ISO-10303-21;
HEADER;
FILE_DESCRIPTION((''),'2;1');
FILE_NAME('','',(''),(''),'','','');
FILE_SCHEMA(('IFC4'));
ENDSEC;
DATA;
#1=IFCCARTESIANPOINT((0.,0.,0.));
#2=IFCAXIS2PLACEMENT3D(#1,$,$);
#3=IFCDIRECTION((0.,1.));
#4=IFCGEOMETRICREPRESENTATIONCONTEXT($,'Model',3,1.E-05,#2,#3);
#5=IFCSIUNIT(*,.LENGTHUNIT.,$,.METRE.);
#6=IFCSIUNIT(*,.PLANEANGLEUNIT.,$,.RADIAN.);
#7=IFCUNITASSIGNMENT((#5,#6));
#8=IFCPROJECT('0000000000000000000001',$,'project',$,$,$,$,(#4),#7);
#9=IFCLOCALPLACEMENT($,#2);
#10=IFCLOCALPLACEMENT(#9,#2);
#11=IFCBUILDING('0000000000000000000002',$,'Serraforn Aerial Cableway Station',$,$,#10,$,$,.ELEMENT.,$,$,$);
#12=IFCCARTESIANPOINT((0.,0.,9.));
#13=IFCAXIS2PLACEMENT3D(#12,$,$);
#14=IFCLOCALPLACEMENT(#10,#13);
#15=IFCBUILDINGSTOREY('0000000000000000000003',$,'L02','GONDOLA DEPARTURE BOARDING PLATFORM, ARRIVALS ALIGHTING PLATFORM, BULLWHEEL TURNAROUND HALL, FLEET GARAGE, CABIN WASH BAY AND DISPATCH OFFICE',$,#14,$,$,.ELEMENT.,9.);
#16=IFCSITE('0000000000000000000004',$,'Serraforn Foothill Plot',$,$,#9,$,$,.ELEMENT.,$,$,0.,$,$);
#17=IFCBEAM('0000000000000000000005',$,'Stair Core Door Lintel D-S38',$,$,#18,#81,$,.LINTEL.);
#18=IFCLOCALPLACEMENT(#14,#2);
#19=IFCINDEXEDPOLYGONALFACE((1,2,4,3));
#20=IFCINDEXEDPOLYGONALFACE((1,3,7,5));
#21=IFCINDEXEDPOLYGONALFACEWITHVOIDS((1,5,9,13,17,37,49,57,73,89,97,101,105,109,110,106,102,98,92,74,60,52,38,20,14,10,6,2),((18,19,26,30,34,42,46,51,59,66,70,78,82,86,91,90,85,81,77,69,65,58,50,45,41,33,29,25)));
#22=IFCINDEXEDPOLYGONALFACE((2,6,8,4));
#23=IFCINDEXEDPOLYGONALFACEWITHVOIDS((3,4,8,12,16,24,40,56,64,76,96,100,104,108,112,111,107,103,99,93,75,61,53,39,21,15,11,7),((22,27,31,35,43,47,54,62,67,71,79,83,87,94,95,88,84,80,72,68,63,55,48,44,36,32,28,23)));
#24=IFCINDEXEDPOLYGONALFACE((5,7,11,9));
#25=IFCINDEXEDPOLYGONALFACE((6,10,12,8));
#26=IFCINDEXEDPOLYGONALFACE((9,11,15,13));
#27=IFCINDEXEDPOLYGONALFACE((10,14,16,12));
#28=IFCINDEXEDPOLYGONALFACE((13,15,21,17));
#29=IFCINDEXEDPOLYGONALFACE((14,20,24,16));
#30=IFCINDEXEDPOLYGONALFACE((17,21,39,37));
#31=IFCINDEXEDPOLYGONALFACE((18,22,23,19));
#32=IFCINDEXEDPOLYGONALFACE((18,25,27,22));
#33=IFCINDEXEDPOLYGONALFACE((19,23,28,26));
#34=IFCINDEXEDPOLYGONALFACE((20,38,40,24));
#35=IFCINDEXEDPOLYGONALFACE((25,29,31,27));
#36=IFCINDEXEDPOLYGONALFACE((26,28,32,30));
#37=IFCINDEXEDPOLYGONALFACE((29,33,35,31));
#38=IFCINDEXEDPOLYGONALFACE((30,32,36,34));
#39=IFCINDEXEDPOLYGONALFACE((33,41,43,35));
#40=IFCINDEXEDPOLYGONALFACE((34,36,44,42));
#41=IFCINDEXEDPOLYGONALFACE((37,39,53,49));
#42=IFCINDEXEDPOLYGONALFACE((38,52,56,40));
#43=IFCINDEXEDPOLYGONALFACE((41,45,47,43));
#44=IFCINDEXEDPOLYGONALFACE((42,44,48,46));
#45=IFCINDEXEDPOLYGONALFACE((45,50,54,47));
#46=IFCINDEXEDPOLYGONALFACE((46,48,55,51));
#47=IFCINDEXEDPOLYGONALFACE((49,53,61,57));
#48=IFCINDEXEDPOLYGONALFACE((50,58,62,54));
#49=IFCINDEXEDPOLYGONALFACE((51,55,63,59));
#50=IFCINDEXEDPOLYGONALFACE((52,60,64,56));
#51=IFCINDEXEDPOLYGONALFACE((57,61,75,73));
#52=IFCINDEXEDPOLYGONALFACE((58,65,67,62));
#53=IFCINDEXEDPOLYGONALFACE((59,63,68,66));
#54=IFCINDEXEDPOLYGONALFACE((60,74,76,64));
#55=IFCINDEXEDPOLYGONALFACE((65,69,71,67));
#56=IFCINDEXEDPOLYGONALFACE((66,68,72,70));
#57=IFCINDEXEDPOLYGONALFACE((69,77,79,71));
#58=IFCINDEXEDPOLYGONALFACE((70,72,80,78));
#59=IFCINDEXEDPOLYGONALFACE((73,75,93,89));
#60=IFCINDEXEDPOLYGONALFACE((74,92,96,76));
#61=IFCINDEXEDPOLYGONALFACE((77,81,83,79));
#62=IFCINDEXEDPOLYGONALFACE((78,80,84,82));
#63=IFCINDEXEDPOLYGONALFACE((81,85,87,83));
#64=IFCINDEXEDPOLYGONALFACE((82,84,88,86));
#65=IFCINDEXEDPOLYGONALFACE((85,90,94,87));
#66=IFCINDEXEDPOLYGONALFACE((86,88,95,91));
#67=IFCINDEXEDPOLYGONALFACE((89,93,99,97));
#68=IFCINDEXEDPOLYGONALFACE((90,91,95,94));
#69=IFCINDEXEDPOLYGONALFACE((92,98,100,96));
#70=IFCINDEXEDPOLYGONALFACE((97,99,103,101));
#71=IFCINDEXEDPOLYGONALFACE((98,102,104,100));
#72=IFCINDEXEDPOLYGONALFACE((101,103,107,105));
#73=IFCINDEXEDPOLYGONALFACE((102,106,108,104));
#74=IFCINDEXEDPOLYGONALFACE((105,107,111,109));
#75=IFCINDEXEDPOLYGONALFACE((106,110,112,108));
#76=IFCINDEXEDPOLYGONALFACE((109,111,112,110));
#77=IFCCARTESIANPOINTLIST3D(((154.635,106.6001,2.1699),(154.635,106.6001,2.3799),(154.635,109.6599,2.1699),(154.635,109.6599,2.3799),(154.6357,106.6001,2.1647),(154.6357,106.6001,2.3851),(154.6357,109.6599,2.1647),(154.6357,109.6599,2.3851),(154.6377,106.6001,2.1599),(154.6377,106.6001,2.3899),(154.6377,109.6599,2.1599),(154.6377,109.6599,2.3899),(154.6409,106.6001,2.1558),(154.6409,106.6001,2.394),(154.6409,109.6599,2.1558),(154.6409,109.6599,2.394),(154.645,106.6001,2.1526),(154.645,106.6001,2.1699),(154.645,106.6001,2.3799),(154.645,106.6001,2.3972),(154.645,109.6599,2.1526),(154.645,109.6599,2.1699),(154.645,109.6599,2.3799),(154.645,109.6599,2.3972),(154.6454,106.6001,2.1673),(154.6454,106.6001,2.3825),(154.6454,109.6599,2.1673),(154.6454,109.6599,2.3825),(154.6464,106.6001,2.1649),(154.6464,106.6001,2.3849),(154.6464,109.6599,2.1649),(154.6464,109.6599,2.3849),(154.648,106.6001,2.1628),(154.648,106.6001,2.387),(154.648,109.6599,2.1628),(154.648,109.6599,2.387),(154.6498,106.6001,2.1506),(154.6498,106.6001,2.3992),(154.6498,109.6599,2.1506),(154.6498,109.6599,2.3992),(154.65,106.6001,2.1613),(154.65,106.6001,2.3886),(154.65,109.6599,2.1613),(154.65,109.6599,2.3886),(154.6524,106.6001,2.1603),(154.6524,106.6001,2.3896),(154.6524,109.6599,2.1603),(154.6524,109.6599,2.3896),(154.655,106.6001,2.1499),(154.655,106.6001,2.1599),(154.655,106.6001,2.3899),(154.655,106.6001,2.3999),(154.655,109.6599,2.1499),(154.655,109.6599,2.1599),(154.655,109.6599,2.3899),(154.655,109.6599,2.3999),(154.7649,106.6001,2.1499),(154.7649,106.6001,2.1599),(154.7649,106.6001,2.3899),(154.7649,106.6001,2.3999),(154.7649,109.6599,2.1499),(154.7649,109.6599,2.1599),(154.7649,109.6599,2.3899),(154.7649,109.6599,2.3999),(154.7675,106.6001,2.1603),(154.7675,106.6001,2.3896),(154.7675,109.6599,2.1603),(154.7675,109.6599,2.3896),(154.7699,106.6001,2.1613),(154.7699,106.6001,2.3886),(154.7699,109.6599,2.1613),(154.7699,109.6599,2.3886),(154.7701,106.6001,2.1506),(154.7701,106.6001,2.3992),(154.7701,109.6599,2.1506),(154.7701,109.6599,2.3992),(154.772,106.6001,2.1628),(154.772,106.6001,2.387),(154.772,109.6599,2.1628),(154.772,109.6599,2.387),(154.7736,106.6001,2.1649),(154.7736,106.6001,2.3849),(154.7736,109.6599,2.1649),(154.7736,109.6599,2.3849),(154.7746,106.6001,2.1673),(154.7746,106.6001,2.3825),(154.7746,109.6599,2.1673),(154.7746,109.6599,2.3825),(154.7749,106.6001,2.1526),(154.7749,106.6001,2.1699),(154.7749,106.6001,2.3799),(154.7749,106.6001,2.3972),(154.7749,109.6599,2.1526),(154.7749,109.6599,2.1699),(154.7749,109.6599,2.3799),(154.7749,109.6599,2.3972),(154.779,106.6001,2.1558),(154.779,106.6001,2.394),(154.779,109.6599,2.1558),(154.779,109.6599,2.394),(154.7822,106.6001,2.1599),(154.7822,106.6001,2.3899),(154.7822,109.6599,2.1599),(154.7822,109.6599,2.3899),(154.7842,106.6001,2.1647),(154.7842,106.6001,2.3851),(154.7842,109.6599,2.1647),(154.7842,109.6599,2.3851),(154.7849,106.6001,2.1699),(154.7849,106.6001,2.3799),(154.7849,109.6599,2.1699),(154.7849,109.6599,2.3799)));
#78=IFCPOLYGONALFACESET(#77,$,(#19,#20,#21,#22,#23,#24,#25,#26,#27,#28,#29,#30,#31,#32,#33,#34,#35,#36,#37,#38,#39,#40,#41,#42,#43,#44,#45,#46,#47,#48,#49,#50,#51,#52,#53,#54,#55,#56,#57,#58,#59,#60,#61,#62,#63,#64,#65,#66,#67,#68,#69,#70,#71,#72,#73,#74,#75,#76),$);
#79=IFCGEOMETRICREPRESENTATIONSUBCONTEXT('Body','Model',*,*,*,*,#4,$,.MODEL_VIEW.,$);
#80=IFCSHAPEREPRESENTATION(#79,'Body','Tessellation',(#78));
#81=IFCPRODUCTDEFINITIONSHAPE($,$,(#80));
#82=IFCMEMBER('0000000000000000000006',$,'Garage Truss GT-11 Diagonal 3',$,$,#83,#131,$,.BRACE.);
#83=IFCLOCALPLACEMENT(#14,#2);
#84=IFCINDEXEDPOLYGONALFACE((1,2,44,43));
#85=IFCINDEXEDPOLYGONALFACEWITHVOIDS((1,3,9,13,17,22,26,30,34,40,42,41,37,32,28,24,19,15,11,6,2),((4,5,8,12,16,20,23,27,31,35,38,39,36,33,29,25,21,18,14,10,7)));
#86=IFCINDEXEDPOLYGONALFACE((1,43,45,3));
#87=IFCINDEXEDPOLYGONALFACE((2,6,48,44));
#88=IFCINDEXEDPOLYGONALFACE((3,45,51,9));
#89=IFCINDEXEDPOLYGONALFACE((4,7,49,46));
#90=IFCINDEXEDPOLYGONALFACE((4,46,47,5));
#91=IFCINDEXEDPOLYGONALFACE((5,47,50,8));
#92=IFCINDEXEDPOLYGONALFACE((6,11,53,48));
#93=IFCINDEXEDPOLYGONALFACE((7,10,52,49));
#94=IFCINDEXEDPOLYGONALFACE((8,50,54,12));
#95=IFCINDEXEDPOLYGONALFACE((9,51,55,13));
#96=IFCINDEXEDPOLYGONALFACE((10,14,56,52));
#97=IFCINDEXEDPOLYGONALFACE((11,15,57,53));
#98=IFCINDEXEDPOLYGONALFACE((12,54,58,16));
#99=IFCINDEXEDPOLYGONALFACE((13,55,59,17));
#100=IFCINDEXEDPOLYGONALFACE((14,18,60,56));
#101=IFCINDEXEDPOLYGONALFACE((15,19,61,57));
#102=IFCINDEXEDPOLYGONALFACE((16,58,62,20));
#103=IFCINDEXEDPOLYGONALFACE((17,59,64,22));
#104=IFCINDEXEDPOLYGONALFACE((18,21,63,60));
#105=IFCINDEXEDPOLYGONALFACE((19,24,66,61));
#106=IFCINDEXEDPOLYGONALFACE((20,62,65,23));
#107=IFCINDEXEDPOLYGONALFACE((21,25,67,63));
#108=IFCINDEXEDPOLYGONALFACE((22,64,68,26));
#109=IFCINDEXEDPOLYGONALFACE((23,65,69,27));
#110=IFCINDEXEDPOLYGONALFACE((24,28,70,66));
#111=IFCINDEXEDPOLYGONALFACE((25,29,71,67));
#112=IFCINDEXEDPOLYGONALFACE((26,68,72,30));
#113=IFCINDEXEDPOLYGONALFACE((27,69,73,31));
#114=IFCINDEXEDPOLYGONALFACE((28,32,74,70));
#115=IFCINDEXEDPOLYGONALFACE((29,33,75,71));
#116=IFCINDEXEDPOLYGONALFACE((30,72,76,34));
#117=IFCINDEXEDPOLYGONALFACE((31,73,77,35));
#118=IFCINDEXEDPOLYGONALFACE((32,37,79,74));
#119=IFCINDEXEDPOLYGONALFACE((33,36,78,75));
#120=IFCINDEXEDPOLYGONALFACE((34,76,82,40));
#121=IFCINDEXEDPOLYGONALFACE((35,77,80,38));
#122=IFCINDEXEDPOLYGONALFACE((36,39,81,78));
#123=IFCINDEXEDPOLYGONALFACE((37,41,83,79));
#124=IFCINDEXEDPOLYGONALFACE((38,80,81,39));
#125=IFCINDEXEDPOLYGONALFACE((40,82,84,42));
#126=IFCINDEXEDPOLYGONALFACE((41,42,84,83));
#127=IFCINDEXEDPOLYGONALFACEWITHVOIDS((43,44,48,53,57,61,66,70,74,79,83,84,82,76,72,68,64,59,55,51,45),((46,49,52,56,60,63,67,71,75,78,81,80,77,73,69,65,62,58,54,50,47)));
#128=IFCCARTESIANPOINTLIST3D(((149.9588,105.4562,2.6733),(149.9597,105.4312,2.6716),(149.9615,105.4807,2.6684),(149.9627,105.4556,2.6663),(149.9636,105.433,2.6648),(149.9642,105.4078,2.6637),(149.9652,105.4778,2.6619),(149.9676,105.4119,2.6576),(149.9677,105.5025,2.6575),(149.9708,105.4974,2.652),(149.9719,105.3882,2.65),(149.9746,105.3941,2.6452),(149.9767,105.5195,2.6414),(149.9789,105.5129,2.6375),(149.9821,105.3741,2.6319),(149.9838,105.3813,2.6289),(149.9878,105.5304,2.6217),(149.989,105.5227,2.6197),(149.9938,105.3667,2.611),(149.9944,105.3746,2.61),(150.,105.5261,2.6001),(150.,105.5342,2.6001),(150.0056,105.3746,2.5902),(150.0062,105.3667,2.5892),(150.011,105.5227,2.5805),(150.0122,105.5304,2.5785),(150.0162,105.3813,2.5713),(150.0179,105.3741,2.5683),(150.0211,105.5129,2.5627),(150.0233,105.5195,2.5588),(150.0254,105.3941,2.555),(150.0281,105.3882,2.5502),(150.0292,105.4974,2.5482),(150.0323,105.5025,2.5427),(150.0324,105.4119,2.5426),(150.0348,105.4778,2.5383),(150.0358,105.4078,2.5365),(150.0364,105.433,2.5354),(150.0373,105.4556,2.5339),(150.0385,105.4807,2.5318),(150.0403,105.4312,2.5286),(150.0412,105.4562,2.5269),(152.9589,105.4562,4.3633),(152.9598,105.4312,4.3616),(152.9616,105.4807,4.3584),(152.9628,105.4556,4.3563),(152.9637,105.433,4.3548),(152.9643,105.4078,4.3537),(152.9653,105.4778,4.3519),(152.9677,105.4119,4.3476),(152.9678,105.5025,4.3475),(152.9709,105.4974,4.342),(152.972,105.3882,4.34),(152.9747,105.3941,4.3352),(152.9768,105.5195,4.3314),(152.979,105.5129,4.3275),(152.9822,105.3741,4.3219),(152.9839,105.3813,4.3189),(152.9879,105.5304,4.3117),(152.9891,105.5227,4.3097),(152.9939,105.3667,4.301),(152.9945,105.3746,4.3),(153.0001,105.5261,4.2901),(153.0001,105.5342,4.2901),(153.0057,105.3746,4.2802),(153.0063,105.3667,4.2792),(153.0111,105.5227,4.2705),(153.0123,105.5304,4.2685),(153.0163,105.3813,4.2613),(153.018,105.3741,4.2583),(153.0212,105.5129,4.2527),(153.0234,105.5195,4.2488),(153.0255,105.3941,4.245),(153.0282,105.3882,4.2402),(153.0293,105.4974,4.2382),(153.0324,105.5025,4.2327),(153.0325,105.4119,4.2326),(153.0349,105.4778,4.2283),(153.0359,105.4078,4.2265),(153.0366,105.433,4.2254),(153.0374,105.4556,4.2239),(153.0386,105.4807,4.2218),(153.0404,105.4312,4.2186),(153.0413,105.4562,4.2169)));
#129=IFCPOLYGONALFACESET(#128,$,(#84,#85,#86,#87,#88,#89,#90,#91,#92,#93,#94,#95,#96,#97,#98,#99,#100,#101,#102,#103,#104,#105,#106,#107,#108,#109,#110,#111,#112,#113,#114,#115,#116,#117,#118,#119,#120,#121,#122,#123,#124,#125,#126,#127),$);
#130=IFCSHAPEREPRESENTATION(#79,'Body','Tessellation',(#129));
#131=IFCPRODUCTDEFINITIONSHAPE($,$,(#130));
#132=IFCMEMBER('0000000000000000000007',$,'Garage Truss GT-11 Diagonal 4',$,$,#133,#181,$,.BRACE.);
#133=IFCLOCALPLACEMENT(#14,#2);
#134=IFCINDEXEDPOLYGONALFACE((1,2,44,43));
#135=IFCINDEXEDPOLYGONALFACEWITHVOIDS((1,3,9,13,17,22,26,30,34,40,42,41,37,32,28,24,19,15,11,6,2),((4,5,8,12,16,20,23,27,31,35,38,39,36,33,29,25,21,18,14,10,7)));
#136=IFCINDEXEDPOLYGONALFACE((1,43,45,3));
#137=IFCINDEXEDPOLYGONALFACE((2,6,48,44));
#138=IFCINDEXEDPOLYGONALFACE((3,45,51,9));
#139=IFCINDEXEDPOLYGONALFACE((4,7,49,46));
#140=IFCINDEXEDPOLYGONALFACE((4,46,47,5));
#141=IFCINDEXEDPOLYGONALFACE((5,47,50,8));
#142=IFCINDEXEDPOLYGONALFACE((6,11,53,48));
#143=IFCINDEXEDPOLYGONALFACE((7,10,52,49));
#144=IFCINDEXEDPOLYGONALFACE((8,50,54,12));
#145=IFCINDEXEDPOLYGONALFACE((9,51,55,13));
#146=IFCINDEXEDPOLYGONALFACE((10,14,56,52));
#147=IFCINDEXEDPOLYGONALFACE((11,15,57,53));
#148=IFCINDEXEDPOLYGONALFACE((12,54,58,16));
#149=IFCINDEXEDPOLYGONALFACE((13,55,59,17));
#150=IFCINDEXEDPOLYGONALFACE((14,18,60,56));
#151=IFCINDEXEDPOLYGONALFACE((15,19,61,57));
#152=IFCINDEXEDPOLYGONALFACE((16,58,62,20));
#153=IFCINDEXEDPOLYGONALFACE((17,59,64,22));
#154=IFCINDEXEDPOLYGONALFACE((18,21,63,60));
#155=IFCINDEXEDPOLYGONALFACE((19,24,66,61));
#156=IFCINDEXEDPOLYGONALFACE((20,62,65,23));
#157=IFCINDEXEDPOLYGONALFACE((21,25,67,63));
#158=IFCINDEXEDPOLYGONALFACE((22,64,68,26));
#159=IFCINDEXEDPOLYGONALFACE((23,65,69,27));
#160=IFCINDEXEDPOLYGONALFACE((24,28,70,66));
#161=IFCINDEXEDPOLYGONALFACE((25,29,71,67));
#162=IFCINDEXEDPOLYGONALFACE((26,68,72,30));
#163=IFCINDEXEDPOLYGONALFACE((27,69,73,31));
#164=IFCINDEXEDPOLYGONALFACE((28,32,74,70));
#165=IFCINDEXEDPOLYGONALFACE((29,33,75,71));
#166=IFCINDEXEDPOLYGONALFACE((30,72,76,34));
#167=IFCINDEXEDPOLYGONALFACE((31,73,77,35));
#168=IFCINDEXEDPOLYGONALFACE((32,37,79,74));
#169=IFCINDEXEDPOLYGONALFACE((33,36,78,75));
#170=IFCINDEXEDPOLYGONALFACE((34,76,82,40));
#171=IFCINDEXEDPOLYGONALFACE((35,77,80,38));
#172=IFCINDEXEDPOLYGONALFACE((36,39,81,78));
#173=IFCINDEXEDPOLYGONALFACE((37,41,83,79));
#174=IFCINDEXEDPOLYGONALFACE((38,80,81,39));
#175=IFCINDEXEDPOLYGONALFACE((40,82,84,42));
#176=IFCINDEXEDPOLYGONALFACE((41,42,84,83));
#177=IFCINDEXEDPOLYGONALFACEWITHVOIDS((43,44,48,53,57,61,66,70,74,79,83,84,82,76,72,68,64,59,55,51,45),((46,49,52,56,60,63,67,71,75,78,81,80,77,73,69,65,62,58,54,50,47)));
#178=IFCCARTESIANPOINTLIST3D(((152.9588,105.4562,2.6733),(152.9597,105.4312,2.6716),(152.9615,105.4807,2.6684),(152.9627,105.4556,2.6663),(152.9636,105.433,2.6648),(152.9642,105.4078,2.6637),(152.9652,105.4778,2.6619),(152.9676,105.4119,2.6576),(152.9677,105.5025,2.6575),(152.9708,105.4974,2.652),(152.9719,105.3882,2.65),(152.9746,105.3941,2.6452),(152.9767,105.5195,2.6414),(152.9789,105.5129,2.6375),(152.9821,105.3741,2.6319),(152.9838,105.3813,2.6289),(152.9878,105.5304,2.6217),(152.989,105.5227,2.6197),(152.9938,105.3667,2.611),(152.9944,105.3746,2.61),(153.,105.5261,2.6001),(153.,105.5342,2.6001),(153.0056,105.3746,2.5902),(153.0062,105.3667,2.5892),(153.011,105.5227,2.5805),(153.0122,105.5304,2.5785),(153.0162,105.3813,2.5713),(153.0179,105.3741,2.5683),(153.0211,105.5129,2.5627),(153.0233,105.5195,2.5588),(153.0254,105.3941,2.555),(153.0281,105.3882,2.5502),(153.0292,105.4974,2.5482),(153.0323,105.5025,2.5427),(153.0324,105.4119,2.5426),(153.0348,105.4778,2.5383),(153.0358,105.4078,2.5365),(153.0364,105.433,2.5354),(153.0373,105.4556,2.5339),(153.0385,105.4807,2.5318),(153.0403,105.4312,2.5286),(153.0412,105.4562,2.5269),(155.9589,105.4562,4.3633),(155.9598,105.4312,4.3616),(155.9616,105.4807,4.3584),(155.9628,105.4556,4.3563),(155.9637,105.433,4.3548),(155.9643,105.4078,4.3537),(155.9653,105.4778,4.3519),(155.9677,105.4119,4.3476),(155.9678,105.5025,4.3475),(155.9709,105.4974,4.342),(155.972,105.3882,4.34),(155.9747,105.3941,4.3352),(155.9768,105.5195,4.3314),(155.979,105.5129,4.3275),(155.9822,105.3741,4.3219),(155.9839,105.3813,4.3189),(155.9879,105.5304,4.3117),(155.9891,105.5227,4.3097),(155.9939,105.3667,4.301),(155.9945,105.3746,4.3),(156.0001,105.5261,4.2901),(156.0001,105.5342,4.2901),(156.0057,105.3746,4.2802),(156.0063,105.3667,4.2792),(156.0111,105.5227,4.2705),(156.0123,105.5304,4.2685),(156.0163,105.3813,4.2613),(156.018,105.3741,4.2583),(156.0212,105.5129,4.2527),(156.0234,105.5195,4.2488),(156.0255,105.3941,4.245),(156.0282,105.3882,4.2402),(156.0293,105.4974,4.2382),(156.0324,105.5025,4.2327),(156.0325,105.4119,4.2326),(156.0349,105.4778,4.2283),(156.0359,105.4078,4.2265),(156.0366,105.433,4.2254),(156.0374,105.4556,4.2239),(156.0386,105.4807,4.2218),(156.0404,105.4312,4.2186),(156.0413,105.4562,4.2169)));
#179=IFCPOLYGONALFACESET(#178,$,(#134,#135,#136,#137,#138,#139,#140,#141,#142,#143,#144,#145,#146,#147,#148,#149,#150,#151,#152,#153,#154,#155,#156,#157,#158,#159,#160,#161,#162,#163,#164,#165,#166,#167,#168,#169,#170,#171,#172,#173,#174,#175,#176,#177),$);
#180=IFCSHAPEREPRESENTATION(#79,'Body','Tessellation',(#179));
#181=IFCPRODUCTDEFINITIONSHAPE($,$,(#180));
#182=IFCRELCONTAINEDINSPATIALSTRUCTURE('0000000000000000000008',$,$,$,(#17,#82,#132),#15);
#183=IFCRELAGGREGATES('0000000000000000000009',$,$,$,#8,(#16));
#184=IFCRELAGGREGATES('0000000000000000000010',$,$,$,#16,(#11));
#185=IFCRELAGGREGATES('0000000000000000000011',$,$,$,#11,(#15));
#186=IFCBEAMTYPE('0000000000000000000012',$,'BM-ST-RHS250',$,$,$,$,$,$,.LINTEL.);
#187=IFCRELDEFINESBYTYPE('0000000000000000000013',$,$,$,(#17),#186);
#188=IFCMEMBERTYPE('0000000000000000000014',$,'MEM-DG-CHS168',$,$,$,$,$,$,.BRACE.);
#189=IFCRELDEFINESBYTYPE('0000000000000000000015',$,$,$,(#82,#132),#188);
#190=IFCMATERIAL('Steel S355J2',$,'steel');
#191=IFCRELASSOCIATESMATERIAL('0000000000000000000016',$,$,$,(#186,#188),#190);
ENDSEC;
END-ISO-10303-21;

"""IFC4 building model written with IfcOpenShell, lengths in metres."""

from ifc_helpers import new_model, si_unit, direction, frame, origin, origin_2d, place, context, subcontext, project, spatial, hollow_rectangle, hollow_circle, extrude, material, material_profile, profile_set, type_object, element, save


model = new_model("IFC4")

# Units and contexts
model_context = context("Model", 3, precision=1e-05, world=origin(), true_north=direction((0.0, 1.0)))
body_context = subcontext(model_context, "Body", "Model", "MODEL_VIEW")
ifc_project = project(units=[si_unit("LENGTHUNIT", "METRE"), si_unit("PLANEANGLEUNIT", "RADIAN")], contexts=[model_context])

# Site, building, storey
site_placement = place(None, origin())
site = spatial("IfcSite", under=ifc_project, at=site_placement, Name="Serraforn Foothill Plot", CompositionType="ELEMENT", RefElevation=0.0)
building_placement = place(site_placement, origin())
building = spatial("IfcBuilding", under=site, at=building_placement, Name="Serraforn Aerial Cableway Station", CompositionType="ELEMENT")
storey_placement = place(building_placement, frame((0.0, 0.0, 9.0)))
storey = spatial("IfcBuildingStorey", under=building, at=storey_placement, Name="L02", Description="GONDOLA DEPARTURE BOARDING PLATFORM, ARRIVALS ALIGHTING PLATFORM, BULLWHEEL TURNAROUND HALL, FLEET GARAGE, CABIN WASH BAY AND DISPATCH OFFICE", CompositionType="ELEMENT", Elevation=9.0)

# Beam
ifc_material_1 = material(Name="Steel S355J2", Category="steel")
ifc_material_profile_1 = material_profile(ifc_material_1, hollow_rectangle(XDim=0.1499, YDim=0.25, WallThickness=0.01, InnerFilletRadius=0.01, OuterFilletRadius=0.02, at=origin_2d()), Name="RHS 250x150x10.0")
ifc_profile_set_1 = profile_set([ifc_material_profile_1], Name="Steel S355J2")
beam_type = type_object("IfcBeamType", Name="BM-ST-RHS250", PredefinedType="LINTEL", material=ifc_profile_set_1)
beam_placement = place(storey_placement, frame((154.71, 109.6599, 2.2749), z_axis=(0.0, -1.0, 0.0), x_axis=(1.0, 0.0, 0.0)))
element("IfcBeam", 1, at=beam_placement, inside=storey, type_object=beam_type, Name="Stair Core Door Lintel D-S38", PredefinedType="LINTEL", context=body_context, shape_type="SweptSolid", body=[
    extrude(hollow_rectangle(XDim=0.1499, YDim=0.25, WallThickness=0.01, InnerFilletRadius=0.01, OuterFilletRadius=0.02, at=origin_2d()), origin(), (0.0, 0.0, 1.0), 3.0598),
])

# Members
ifc_material_profile_2 = material_profile(ifc_material_1, hollow_circle(Radius=0.0842, WallThickness=0.0081, at=origin_2d()), Name="CHS 168.3x8.0")
ifc_profile_set_2 = profile_set([ifc_material_profile_2], Name="Steel S355J2")
member_type_1 = type_object("IfcMemberType", Name="MEM-DG-CHS168", PredefinedType="BRACE", material=ifc_profile_set_2)
for number, where, z_axis, x_axis, name in (
    (2, (150.0, 105.45, 2.6001), (0.871272, 0.0, 0.4908), (0.0, 1.0, 0.0), "Garage Truss GT-11 Diagonal 3"),
    (3, (153.0, 105.45, 2.6001), (0.871272, 0.0, 0.4908), (0.0, 1.0, 0.0), "Garage Truss GT-11 Diagonal 4"),
):
    element("IfcMember", number, at=place(storey_placement, frame(where, z_axis=z_axis, x_axis=x_axis)), inside=storey, type_object=member_type_1, Name=name, PredefinedType="BRACE", context=body_context, shape_type="SweptSolid", body=[
        extrude(hollow_circle(Radius=0.0842, WallThickness=0.0081, at=origin_2d()), origin(), (0.0, 0.0, 1.0), 3.4434),
    ])

save(model, "model.ifc")
